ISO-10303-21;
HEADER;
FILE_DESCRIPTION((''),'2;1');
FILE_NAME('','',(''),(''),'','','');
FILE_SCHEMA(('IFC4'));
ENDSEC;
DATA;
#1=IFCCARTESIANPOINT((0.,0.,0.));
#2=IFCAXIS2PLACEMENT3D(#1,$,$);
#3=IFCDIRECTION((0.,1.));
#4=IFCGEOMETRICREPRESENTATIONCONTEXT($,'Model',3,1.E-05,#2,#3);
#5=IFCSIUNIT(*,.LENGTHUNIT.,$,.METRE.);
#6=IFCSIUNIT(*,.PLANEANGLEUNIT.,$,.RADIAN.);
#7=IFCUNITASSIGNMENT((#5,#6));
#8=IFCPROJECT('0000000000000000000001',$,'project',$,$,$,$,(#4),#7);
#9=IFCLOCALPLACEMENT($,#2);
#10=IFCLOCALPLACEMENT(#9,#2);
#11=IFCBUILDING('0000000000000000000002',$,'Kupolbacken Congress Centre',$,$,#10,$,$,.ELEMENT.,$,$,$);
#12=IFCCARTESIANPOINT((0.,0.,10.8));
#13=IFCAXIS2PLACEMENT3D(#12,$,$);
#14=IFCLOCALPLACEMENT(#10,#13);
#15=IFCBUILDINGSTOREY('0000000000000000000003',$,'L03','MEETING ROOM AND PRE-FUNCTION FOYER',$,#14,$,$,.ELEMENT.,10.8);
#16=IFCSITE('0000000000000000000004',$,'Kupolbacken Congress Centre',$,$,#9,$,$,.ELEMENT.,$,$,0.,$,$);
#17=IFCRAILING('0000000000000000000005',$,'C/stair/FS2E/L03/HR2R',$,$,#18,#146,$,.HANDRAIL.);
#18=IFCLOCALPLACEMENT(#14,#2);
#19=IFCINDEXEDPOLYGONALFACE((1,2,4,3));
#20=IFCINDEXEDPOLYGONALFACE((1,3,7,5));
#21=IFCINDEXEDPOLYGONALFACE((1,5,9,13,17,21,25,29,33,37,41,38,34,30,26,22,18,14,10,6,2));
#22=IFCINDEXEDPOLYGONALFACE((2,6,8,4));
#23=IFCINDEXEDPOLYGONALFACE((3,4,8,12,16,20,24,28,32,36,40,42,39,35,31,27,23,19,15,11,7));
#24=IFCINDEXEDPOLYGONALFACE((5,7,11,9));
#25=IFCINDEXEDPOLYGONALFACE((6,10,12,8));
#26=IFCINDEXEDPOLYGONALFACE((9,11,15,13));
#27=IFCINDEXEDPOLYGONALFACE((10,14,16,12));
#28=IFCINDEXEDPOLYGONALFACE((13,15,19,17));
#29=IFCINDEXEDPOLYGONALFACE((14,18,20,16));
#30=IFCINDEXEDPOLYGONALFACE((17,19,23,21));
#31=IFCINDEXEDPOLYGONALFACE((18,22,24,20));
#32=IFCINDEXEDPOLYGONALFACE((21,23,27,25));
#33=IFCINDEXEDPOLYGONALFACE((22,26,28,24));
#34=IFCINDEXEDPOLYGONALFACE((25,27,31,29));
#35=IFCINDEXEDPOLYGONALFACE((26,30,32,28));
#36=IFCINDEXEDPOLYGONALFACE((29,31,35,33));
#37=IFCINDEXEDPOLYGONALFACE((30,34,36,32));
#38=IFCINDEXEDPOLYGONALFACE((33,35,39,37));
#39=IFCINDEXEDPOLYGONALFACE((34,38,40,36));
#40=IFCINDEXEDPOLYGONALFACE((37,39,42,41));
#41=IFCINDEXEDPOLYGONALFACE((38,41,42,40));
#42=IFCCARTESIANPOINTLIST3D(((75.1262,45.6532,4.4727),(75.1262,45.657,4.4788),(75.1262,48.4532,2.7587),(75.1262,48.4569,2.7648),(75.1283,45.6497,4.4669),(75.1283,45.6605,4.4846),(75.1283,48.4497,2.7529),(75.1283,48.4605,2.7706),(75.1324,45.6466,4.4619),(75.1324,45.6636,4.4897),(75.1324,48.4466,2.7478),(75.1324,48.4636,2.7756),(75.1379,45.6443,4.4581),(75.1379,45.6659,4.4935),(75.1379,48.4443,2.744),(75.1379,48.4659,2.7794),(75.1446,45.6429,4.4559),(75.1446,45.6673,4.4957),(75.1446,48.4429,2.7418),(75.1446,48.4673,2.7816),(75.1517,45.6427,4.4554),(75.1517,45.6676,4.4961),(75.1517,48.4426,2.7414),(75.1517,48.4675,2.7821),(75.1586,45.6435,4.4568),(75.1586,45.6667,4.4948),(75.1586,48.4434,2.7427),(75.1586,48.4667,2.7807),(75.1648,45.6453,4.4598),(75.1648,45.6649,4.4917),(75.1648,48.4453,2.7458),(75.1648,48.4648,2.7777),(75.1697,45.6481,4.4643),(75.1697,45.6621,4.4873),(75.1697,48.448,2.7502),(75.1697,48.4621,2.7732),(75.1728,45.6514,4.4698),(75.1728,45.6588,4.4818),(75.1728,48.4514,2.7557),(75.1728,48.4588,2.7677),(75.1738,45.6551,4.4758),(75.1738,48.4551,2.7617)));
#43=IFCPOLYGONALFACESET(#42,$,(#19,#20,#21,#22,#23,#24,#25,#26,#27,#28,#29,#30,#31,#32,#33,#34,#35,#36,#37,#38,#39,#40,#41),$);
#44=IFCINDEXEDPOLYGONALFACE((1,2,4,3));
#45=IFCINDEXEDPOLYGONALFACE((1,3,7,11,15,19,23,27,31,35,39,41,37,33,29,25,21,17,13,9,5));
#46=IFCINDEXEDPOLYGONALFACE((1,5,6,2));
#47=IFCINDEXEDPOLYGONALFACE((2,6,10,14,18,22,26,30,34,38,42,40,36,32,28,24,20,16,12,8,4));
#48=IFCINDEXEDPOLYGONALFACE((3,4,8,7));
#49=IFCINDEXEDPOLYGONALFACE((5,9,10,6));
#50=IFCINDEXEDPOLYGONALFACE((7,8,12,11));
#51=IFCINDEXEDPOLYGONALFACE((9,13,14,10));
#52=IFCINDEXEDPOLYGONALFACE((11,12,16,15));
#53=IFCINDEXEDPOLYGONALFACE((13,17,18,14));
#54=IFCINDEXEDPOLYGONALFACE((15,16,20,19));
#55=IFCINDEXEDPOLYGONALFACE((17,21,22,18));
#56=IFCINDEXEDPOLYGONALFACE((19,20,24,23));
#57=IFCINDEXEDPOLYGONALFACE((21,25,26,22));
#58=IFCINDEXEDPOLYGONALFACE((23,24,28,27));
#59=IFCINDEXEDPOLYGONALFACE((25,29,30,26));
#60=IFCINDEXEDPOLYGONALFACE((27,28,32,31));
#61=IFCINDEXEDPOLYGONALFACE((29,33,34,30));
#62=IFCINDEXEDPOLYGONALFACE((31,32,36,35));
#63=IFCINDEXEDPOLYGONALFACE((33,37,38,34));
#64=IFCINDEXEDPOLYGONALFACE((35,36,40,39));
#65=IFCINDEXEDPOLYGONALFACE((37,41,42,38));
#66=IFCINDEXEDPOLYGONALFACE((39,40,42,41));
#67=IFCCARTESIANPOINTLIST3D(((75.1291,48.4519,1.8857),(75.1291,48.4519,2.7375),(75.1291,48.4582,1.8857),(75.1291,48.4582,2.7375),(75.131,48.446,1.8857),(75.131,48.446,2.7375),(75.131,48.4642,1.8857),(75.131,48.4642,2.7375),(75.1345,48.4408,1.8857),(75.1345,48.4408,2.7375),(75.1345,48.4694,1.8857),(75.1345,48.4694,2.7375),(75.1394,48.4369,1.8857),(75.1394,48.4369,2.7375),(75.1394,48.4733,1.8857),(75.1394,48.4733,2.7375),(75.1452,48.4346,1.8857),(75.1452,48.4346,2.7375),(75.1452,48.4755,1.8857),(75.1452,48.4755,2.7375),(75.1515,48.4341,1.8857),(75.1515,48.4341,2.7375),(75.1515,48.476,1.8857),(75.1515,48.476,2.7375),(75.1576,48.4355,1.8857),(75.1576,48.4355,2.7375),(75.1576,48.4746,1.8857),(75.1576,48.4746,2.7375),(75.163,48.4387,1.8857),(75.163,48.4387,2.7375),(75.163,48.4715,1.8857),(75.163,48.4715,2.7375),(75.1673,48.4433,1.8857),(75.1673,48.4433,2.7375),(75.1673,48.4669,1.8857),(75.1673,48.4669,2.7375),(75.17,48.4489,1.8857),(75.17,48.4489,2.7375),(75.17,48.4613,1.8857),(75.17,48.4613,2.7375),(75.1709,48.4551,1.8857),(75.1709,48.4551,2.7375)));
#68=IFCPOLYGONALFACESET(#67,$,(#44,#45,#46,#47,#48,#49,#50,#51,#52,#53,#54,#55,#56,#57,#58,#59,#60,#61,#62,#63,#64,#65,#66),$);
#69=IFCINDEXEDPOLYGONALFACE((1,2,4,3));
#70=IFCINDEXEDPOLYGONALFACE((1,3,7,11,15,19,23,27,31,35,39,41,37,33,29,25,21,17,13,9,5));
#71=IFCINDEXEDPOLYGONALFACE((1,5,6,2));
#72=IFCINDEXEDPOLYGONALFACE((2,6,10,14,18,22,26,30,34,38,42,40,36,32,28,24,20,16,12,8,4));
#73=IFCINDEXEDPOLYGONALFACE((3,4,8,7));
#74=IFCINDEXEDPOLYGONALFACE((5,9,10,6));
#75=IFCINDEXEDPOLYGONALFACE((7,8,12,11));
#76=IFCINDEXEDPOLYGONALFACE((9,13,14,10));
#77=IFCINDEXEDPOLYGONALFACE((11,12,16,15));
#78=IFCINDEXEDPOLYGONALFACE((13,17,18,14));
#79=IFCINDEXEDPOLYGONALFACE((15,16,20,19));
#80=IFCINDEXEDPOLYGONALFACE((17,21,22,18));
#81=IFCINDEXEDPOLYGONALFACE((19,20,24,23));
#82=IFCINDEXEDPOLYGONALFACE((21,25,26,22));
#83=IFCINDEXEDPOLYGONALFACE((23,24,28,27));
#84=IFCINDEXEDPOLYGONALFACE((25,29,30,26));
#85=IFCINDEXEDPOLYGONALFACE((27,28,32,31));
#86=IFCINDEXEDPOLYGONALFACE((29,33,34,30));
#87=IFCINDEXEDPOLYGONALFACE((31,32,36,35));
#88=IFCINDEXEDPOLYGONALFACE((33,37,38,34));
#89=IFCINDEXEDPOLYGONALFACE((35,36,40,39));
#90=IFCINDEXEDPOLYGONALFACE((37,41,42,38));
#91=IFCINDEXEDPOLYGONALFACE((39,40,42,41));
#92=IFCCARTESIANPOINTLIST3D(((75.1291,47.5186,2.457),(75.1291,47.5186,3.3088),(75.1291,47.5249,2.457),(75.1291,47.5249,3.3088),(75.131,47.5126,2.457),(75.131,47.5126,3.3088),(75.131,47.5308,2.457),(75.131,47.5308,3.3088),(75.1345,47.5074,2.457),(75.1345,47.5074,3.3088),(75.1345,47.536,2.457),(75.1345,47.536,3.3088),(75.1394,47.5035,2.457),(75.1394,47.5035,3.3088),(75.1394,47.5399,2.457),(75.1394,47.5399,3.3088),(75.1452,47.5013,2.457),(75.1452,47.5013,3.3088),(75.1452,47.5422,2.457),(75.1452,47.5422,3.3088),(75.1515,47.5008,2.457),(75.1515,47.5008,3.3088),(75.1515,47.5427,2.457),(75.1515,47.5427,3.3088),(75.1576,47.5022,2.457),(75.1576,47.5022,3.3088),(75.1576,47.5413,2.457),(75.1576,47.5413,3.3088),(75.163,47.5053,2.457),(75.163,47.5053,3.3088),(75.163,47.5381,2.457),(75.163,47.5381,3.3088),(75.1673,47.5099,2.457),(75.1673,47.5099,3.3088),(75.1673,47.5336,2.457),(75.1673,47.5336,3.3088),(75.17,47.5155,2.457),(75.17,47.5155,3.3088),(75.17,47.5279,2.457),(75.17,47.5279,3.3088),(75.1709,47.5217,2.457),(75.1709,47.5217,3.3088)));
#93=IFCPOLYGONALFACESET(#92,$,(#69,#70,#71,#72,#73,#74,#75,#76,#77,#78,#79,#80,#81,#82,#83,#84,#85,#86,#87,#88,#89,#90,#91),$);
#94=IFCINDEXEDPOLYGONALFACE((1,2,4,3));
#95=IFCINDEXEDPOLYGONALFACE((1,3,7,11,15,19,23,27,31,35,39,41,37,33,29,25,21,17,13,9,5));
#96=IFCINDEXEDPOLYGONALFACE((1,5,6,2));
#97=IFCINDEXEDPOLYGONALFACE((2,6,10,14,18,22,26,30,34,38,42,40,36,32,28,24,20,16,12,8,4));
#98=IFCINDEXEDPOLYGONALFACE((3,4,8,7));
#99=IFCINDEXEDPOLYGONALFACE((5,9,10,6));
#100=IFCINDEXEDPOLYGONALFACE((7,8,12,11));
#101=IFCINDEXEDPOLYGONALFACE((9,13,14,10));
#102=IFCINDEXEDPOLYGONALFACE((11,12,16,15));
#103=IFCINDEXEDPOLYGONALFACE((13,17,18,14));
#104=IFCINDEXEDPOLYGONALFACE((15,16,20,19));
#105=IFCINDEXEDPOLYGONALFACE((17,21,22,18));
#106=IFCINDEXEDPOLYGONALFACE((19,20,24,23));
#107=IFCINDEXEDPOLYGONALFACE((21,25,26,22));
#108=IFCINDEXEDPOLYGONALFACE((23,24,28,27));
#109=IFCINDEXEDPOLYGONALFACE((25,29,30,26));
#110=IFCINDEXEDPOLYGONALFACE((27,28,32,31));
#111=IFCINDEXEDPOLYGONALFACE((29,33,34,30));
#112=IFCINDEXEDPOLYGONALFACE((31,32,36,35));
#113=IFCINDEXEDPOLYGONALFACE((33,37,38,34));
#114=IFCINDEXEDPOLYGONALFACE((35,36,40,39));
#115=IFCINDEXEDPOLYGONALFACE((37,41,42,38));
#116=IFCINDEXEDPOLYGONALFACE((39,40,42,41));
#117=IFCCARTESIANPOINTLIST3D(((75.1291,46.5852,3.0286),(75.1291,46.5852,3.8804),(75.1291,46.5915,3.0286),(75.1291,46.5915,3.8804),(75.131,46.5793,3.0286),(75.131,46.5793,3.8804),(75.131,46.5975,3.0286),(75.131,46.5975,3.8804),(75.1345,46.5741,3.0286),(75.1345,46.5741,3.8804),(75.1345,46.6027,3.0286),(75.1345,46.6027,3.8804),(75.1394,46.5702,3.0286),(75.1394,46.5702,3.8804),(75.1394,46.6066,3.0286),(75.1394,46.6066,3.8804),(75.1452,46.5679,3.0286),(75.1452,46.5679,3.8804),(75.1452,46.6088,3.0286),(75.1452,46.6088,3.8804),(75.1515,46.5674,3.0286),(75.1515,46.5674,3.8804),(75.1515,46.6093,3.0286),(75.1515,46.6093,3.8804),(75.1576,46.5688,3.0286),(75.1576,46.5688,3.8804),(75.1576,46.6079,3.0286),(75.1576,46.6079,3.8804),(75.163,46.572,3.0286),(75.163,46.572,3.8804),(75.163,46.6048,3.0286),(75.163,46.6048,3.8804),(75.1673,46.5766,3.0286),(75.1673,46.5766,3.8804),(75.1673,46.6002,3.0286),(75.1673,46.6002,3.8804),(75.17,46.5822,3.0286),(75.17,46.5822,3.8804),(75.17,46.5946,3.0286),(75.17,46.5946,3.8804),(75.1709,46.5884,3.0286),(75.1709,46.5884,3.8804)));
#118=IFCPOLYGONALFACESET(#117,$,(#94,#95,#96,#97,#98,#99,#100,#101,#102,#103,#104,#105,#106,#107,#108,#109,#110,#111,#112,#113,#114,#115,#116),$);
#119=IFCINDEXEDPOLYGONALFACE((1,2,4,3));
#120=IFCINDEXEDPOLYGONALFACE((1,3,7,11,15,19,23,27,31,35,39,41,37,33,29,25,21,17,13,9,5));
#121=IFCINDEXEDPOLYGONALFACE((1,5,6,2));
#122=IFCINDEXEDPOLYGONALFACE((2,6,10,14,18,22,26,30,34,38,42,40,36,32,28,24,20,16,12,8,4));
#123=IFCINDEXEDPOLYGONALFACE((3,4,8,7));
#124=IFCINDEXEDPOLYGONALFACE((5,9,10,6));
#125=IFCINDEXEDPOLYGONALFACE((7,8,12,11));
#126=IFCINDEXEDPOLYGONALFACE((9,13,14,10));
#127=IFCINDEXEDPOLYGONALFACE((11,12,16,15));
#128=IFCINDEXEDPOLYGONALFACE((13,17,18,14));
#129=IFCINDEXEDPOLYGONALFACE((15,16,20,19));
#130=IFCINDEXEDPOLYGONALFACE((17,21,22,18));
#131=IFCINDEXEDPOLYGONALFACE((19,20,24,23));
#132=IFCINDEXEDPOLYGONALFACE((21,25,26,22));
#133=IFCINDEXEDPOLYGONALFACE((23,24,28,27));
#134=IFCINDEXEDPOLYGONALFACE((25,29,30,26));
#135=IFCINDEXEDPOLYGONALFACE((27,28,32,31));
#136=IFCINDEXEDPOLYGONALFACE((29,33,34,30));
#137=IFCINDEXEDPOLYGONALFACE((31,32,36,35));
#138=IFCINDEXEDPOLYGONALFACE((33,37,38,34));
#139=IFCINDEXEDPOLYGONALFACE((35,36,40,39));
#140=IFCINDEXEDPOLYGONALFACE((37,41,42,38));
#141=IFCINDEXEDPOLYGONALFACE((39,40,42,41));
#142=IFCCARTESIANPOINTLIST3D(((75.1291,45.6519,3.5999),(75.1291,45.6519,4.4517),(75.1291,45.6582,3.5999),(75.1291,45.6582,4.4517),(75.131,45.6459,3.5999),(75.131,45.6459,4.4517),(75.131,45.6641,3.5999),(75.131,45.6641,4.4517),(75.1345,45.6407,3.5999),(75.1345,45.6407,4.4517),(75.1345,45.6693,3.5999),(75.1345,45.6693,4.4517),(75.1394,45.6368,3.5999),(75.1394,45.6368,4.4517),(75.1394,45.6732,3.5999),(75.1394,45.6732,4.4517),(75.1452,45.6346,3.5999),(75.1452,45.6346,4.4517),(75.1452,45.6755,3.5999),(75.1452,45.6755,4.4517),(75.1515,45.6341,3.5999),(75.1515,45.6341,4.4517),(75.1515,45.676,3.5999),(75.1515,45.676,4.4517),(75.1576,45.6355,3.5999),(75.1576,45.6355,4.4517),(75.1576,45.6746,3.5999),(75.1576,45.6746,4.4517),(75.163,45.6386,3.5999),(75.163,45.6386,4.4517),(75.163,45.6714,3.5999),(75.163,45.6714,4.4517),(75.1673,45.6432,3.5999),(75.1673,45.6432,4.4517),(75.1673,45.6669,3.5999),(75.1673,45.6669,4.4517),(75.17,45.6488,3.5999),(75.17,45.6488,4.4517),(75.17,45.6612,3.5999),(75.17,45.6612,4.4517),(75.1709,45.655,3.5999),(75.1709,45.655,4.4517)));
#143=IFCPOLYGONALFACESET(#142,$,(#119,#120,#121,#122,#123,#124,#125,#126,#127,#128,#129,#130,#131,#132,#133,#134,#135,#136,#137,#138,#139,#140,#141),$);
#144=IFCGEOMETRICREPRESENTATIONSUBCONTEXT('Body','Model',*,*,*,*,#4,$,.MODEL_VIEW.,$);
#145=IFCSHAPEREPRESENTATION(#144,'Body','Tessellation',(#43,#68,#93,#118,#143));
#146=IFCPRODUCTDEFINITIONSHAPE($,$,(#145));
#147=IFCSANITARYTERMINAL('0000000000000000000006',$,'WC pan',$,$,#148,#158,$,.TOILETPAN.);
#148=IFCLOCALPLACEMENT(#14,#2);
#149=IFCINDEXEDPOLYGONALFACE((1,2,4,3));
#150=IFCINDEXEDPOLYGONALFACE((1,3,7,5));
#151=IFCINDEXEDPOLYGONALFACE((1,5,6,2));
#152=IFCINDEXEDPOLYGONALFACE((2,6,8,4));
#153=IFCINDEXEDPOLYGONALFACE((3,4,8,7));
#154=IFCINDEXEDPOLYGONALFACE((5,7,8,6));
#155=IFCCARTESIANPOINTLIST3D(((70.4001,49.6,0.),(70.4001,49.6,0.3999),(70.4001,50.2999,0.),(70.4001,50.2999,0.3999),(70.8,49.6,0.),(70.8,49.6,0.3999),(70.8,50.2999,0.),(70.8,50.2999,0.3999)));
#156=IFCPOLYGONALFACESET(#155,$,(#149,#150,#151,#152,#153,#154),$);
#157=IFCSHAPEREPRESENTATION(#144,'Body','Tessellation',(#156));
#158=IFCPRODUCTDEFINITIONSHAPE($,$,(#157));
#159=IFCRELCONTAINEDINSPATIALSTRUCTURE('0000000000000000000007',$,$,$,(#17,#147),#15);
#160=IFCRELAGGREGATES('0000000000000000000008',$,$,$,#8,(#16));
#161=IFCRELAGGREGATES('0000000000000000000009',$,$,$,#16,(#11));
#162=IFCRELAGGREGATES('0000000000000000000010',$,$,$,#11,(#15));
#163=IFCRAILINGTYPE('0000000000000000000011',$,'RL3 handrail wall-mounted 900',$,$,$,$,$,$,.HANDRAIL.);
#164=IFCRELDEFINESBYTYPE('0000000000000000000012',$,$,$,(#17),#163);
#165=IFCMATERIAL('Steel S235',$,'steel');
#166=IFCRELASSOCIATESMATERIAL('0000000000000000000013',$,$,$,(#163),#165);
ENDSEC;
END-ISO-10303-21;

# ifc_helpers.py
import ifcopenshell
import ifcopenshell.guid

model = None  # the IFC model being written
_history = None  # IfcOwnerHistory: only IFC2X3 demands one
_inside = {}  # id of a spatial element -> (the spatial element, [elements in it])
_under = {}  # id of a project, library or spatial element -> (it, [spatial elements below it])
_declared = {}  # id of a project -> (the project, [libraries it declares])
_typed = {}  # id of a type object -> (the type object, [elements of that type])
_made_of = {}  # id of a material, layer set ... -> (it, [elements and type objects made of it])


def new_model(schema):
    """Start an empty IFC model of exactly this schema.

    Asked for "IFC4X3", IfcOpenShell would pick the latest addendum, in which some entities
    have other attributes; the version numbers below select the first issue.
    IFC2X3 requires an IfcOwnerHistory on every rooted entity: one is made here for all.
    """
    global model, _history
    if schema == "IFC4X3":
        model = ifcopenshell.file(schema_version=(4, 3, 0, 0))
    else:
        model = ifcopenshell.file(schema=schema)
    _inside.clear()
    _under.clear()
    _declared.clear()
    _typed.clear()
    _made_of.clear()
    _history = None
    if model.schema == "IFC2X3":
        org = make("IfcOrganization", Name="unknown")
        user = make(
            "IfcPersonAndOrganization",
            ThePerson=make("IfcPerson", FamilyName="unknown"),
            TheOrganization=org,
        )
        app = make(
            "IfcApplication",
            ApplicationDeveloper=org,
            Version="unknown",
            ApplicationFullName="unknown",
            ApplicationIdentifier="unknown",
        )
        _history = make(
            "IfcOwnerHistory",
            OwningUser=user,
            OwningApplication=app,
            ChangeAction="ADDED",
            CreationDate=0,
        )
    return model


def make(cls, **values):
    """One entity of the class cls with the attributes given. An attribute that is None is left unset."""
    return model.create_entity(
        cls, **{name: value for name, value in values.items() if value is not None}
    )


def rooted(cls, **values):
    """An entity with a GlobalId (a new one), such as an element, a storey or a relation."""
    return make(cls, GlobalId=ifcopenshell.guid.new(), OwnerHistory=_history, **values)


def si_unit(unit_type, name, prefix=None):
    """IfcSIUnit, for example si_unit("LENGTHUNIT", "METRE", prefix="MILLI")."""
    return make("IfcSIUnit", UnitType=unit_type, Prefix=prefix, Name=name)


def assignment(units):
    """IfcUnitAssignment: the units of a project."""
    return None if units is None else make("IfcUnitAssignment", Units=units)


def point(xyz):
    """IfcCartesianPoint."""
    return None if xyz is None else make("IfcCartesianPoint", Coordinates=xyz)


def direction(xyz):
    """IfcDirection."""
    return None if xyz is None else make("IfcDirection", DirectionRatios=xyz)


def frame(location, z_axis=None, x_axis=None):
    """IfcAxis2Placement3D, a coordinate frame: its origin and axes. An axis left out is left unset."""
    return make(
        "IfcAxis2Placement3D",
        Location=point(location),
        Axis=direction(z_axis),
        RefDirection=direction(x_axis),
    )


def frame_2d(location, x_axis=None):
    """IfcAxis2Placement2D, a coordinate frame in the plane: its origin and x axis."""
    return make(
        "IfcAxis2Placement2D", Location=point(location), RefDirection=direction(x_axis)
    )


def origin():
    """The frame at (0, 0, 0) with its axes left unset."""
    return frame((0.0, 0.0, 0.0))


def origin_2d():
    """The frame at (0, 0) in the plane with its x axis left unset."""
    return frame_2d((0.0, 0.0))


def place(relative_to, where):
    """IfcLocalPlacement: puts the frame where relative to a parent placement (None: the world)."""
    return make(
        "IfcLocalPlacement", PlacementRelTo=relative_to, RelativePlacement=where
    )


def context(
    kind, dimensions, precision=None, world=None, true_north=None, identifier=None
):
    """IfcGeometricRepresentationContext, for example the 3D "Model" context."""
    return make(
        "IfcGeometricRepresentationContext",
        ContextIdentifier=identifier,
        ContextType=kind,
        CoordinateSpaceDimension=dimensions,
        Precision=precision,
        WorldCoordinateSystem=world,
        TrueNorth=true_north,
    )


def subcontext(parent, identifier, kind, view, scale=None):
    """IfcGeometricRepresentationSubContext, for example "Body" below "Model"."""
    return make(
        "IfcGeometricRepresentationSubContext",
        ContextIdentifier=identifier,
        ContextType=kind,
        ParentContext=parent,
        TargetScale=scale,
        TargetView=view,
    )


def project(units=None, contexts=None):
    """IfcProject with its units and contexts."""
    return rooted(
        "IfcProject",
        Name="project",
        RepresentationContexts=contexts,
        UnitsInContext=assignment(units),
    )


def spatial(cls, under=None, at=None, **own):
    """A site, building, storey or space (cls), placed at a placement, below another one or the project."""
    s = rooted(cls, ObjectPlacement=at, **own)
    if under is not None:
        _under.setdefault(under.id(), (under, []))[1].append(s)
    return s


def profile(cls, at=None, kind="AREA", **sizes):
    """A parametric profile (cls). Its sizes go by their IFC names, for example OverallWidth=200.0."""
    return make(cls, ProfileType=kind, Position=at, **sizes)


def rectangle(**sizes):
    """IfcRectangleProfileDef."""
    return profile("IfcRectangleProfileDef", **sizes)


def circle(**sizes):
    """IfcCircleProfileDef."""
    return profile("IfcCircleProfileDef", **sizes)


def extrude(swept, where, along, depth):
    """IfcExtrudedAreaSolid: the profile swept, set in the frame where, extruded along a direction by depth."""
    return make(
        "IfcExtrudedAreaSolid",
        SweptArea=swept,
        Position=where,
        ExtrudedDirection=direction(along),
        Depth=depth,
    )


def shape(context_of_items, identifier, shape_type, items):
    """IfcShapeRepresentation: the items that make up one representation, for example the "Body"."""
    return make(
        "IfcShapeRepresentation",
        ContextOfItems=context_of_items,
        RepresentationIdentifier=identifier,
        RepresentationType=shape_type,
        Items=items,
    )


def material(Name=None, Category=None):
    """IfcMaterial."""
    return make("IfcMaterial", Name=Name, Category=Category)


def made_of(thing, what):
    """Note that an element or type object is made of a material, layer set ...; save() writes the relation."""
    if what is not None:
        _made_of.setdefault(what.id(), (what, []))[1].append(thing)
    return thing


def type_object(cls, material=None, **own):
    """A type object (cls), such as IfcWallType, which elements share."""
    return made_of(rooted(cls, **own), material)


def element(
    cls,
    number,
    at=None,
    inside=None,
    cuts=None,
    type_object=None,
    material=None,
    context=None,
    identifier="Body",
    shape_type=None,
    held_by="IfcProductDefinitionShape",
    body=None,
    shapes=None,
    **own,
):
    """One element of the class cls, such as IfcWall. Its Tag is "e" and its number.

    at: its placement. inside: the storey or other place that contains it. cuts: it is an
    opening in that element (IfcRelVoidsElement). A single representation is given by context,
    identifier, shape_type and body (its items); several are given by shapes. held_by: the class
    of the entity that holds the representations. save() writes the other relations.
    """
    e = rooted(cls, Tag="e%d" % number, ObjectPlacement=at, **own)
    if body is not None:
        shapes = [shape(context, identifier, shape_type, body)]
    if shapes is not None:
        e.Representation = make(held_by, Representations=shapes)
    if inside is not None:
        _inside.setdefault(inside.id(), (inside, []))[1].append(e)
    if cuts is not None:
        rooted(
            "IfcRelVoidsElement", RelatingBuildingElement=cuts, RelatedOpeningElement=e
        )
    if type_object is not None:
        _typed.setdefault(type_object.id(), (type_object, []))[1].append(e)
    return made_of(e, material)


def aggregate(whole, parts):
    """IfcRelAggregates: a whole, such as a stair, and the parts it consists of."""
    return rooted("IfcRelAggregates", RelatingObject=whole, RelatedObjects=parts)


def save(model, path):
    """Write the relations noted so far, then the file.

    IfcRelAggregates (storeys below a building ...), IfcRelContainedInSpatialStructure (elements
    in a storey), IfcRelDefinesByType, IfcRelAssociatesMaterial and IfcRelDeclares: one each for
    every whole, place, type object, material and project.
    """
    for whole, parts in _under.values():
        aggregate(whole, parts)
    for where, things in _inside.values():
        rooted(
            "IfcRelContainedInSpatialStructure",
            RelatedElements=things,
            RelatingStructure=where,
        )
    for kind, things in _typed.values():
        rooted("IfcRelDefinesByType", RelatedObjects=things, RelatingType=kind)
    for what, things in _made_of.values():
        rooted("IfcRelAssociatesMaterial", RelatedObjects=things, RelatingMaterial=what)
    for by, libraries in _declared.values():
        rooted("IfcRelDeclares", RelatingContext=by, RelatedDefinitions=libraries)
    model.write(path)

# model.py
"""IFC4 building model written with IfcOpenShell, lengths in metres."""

from ifc_helpers import new_model, si_unit, direction, frame, origin, origin_2d, place, context, subcontext, project, spatial, rectangle, circle, extrude, material, type_object, element, save


model = new_model("IFC4")

# Units and contexts
model_context = context("Model", 3, precision=1e-05, world=origin(), true_north=direction((0.0, 1.0)))
body_context = subcontext(model_context, "Body", "Model", "MODEL_VIEW")
ifc_project = project(units=[si_unit("LENGTHUNIT", "METRE"), si_unit("PLANEANGLEUNIT", "RADIAN")], contexts=[model_context])

# Site, building, storey
site_placement = place(None, origin())
site = spatial("IfcSite", under=ifc_project, at=site_placement, Name="Kupolbacken Congress Centre", CompositionType="ELEMENT", RefElevation=0.0)
building_placement = place(site_placement, origin())
building = spatial("IfcBuilding", under=site, at=building_placement, Name="Kupolbacken Congress Centre", CompositionType="ELEMENT")
storey_placement = place(building_placement, frame((0.0, 0.0, 10.8)))
storey = spatial("IfcBuildingStorey", under=building, at=storey_placement, Name="L03", Description="MEETING ROOM AND PRE-FUNCTION FOYER", CompositionType="ELEMENT", Elevation=10.8)

# Railing
ifc_material_1 = material(Name="Steel S235", Category="steel")
railing_type = type_object("IfcRailingType", Name="RL3 handrail wall-mounted 900", PredefinedType="HANDRAIL", material=ifc_material_1)
for number, where, name in (
    (1, (75.1499, 48.4551, 1.8857), "C/stair/FS2E/L03/HR2R"),
):
    element("IfcRailing", number, at=place(storey_placement, frame(where)), inside=storey, type_object=railing_type, Name=name, PredefinedType="HANDRAIL", context=body_context, shape_type="SweptSolid", body=[
        extrude(circle(Radius=0.0239, at=origin_2d()), frame((0.0, 0.0, 0.876), z_axis=(0.0, -0.852879, 0.522109), x_axis=(1.0, 0.0, 0.0)), (0.0, 0.0, 1.0), 3.283),
        extrude(circle(Radius=0.021, at=origin_2d()), origin(), (0.0, 0.0, 1.0), 0.8518),
        extrude(circle(Radius=0.021, at=origin_2d()), frame((0.0, -0.9333, 0.5713)), (0.0, 0.0, 1.0), 0.8518),
        extrude(circle(Radius=0.021, at=origin_2d()), frame((0.0, -1.8667, 1.1428)), (0.0, 0.0, 1.0), 0.8518),
        extrude(circle(Radius=0.021, at=origin_2d()), frame((0.0, -2.8, 1.7141)), (0.0, 0.0, 1.0), 0.8518),
    ])

# Sanitary terminal
sanitary_terminal_placement = place(storey_placement, frame((70.6001, 49.95, 0.0), z_axis=(0.0, 0.0, 1.0), x_axis=(1.0, 0.0, 0.0)))
element("IfcSanitaryTerminal", 2, at=sanitary_terminal_placement, inside=storey, Name="WC pan", PredefinedType="TOILETPAN", context=body_context, shape_type="SweptSolid", body=[
    extrude(rectangle(XDim=0.3999, YDim=0.7, at=origin_2d()), origin(), (0.0, 0.0, 1.0), 0.3999),
])

save(model, "model.ifc")
